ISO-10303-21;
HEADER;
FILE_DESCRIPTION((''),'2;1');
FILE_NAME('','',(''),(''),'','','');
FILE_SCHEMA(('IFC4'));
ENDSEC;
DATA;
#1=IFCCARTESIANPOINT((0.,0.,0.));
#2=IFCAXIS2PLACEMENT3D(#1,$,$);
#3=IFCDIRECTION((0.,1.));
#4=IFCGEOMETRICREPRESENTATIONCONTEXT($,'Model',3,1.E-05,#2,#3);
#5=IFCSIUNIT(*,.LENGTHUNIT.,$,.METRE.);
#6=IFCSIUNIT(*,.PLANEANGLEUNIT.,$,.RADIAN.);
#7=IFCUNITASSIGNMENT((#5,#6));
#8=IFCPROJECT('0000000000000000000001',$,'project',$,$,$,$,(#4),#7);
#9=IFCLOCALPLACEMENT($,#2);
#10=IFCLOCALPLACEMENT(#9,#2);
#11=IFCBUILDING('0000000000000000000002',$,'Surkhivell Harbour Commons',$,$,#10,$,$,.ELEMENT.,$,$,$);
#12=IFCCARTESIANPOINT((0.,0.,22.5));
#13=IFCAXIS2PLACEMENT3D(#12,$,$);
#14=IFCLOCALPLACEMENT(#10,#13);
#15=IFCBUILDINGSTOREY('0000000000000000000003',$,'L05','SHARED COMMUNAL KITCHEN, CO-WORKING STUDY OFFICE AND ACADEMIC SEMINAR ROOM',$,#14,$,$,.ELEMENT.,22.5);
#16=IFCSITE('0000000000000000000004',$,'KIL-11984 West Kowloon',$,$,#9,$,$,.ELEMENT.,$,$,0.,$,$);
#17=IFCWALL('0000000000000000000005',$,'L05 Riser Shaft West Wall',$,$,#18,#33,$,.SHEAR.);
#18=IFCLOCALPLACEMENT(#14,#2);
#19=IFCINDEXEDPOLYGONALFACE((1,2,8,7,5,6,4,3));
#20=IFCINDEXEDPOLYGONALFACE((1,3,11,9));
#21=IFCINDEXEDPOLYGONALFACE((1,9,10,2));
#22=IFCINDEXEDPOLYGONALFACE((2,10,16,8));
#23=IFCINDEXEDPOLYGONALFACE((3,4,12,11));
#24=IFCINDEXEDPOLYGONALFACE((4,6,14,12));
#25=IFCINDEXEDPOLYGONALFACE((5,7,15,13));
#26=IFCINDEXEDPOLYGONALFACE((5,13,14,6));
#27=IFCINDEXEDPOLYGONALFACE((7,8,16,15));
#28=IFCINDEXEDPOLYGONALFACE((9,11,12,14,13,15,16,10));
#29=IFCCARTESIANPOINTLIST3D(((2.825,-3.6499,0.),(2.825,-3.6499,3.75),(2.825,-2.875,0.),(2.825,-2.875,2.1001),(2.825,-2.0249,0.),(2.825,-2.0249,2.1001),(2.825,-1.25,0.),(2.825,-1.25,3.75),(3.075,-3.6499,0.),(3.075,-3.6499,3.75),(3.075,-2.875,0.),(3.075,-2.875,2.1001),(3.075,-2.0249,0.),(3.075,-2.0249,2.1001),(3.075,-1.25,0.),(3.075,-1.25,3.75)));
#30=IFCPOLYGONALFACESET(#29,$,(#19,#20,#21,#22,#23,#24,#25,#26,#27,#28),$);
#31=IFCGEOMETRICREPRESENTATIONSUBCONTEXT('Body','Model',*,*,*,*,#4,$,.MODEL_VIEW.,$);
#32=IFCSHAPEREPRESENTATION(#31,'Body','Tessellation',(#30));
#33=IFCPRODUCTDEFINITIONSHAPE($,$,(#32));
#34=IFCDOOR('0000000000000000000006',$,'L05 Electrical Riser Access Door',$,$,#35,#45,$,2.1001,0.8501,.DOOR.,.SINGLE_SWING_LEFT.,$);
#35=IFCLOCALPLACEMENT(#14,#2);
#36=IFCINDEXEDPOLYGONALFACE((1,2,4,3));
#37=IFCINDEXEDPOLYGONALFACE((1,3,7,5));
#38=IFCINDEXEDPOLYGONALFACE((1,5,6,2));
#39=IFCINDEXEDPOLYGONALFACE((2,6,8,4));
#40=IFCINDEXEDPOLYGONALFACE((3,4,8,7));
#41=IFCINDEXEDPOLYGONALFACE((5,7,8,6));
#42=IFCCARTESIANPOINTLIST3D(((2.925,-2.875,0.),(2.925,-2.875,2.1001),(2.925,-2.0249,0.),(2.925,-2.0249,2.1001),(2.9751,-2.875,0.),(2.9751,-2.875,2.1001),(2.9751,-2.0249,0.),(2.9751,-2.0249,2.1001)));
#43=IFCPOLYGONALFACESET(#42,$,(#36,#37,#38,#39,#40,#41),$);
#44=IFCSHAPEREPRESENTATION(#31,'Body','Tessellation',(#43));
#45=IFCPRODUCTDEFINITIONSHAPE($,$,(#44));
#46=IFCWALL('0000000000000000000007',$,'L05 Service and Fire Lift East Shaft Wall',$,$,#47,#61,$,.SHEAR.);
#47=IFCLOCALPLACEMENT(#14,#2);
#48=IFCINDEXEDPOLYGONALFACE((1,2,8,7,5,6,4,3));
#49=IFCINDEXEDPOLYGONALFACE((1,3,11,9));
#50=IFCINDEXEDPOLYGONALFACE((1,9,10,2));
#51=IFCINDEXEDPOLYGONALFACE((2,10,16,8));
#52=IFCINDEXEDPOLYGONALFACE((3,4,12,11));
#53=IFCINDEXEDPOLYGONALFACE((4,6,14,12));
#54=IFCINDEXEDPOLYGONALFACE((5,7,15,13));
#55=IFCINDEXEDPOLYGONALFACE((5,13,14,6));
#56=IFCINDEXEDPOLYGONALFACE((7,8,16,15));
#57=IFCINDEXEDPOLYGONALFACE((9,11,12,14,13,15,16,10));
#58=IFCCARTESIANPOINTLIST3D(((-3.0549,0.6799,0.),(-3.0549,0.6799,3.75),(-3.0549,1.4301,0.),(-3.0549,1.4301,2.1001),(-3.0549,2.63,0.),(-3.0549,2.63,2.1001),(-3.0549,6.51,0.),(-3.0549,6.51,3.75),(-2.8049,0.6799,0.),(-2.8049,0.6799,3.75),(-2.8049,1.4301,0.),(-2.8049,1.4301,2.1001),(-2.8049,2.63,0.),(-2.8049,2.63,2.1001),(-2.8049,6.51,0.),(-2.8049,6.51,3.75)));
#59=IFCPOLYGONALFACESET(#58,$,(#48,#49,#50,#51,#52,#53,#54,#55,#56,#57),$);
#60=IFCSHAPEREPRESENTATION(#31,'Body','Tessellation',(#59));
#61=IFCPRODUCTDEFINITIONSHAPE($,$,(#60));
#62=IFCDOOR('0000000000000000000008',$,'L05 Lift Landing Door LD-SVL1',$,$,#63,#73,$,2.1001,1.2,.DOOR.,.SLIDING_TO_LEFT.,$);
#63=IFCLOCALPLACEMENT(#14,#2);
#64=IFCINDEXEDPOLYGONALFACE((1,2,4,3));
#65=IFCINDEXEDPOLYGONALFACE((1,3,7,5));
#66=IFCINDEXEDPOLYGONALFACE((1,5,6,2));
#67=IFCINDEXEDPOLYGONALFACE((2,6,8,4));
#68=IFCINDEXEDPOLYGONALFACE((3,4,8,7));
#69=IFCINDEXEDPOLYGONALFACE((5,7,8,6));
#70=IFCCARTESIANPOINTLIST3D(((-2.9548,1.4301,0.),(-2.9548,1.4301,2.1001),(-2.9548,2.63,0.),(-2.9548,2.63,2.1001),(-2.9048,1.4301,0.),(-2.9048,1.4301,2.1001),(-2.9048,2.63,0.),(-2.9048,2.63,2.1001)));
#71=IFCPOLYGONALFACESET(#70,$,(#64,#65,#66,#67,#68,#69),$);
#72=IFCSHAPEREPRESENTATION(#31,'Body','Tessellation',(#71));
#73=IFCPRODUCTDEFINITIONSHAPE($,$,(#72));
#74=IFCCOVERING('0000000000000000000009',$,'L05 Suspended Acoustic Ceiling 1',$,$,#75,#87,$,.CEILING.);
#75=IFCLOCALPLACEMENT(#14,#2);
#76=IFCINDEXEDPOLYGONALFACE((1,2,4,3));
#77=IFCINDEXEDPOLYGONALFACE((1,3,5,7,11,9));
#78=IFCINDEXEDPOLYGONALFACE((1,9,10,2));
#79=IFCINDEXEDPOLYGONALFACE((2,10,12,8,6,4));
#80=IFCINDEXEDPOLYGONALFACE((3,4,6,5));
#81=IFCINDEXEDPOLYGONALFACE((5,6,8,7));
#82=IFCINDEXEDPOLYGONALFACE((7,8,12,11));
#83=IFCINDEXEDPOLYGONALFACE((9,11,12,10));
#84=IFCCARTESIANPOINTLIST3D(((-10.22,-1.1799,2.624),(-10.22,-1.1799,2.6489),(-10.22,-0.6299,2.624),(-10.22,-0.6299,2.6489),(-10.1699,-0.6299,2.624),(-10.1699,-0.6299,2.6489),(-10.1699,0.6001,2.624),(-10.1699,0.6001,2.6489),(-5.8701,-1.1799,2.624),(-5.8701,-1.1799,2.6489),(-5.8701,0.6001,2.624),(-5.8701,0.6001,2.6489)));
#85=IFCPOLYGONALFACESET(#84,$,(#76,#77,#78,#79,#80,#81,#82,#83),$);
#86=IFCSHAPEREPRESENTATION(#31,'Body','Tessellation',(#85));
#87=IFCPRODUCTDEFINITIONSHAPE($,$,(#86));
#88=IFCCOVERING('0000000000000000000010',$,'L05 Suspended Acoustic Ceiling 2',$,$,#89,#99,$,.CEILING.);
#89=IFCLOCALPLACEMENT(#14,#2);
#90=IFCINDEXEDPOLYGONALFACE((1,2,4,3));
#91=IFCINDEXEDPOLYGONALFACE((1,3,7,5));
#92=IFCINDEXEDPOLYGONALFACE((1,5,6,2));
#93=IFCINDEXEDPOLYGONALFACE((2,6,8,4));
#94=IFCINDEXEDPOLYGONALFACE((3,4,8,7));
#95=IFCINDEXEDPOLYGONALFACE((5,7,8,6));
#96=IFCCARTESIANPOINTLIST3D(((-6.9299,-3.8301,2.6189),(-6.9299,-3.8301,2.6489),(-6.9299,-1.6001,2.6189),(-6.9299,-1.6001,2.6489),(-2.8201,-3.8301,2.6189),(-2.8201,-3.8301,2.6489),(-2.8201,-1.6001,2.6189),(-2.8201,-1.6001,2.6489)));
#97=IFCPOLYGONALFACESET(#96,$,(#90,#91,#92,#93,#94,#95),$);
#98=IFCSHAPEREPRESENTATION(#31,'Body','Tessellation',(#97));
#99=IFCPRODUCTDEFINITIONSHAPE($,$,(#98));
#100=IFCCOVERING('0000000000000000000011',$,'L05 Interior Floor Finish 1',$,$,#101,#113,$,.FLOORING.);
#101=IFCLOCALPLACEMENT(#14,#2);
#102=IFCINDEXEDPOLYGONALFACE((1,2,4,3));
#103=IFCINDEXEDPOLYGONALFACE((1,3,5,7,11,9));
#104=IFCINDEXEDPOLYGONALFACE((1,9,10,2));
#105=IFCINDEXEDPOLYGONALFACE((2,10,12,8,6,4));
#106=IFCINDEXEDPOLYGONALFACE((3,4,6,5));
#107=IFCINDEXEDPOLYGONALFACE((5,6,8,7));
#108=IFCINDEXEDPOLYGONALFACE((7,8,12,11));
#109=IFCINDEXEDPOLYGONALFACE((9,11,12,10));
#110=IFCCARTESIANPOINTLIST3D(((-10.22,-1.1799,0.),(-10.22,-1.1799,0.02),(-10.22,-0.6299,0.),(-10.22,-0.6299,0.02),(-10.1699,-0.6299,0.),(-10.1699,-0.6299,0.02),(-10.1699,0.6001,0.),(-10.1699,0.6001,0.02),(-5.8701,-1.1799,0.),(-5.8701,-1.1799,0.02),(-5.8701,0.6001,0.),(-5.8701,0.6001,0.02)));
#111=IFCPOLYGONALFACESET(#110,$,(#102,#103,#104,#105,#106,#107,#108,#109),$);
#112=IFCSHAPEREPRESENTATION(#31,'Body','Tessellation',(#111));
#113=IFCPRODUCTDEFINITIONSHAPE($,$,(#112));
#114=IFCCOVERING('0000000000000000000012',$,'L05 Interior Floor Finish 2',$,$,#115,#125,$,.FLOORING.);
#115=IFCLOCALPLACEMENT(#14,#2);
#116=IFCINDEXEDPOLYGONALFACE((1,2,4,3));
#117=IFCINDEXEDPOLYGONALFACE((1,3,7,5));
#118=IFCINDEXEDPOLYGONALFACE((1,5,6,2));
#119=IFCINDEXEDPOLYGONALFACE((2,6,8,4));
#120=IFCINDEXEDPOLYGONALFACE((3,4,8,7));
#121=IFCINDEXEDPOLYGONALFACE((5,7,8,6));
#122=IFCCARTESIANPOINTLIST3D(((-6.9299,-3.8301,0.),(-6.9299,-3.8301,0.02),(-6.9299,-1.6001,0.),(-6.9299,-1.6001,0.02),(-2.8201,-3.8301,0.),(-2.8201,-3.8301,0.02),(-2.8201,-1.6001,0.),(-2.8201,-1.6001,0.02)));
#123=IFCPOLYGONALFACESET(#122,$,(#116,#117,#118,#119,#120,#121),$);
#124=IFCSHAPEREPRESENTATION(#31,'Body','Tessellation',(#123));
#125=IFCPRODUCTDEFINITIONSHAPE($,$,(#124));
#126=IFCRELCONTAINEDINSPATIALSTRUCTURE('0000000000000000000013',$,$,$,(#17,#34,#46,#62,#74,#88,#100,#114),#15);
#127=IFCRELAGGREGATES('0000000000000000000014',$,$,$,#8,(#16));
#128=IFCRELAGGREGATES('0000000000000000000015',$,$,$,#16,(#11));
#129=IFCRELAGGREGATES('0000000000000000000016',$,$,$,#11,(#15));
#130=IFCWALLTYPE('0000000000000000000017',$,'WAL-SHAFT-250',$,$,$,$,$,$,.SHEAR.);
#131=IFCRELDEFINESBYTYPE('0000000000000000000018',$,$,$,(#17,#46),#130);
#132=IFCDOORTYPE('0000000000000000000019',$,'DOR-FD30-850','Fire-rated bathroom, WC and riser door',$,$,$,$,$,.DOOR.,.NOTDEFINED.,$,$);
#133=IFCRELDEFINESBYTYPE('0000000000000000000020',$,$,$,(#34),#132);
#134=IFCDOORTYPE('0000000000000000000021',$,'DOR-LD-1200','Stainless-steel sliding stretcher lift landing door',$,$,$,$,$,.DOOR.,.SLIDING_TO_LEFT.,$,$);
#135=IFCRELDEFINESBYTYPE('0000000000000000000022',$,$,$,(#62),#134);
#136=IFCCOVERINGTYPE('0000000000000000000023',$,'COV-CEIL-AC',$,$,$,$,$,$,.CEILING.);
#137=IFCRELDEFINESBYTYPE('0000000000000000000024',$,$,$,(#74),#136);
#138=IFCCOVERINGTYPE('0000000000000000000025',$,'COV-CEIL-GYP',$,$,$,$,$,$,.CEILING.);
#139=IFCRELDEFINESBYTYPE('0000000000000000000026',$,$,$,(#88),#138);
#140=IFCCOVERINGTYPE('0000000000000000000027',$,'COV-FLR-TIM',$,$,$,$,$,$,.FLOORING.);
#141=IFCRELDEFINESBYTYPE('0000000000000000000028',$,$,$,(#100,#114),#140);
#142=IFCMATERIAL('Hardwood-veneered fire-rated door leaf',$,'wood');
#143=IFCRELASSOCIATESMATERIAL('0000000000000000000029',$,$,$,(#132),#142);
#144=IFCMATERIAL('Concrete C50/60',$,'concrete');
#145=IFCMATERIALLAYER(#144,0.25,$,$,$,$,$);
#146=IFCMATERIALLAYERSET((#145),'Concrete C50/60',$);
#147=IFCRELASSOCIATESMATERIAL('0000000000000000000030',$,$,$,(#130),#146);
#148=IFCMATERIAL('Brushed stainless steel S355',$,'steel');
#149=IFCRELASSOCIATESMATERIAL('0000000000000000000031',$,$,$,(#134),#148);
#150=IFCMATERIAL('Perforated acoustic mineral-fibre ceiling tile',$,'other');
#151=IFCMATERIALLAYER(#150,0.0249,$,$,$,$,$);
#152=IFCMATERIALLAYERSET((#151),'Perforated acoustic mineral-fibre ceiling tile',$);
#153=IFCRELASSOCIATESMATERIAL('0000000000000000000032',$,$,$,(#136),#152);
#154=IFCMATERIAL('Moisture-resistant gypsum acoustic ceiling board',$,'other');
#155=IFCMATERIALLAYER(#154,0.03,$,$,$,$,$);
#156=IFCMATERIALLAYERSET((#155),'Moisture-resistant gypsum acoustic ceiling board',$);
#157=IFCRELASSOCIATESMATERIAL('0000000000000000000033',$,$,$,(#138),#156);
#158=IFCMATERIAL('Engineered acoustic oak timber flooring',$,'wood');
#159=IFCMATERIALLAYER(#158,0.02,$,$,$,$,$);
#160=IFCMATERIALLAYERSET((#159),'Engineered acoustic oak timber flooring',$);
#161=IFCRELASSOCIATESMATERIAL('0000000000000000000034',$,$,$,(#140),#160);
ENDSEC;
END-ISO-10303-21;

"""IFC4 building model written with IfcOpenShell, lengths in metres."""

from ifc_helpers import new_model, si_unit, direction, frame, frame_2d, origin, place, context, subcontext, project, spatial, polyline, rectangle, outline, extrude, material, layer, layer_set, type_object, element, fill, save


model = new_model("IFC4")

# Units and contexts
model_context = context("Model", 3, precision=1e-05, world=origin(), true_north=direction((0.0, 1.0)))
body_context = subcontext(model_context, "Body", "Model", "MODEL_VIEW")
ifc_project = project(units=[si_unit("LENGTHUNIT", "METRE"), si_unit("PLANEANGLEUNIT", "RADIAN")], contexts=[model_context])

# Site, building, storey
site_placement = place(None, origin())
site = spatial("IfcSite", under=ifc_project, at=site_placement, Name="KIL-11984 West Kowloon", CompositionType="ELEMENT", RefElevation=0.0)
building_placement = place(site_placement, origin())
building = spatial("IfcBuilding", under=site, at=building_placement, Name="Surkhivell Harbour Commons", CompositionType="ELEMENT")
storey_placement = place(building_placement, frame((0.0, 0.0, 22.5)))
storey = spatial("IfcBuildingStorey", under=building, at=storey_placement, Name="L05", Description="SHARED COMMUNAL KITCHEN, CO-WORKING STUDY OFFICE AND ACADEMIC SEMINAR ROOM", CompositionType="ELEMENT", Elevation=22.5)

# Shared definitions
ifc_material_1 = material(Name="Hardwood-veneered fire-rated door leaf", Category="wood")
door_type_1 = type_object("IfcDoorType", Name="DOR-FD30-850", Description="Fire-rated bathroom, WC and riser door", OperationType="NOTDEFINED", PredefinedType="DOOR", material=ifc_material_1)

# Shared definitions
ifc_material_2 = material(Name="Concrete C50/60", Category="concrete")
ifc_layer_1 = layer(ifc_material_2, 0.25)
ifc_layer_set_1 = layer_set([ifc_layer_1], Name="Concrete C50/60")
wall_type_1 = type_object("IfcWallType", Name="WAL-SHAFT-250", PredefinedType="SHEAR", material=ifc_layer_set_1)

# Walls, openings, doors
wall_1_placement = place(storey_placement, frame((2.95, -3.6499, 0.0), z_axis=(0.0, 0.0, 1.0), x_axis=(0.0, 1.0, 0.0)))
wall_1 = element("IfcWall", 1, at=wall_1_placement, inside=storey, type_object=wall_type_1, Name="L05 Riser Shaft West Wall", PredefinedType="SHEAR", context=body_context, shape_type="SweptSolid", body=[
    extrude(rectangle(XDim=2.3999, YDim=0.25, at=frame_2d((1.2, 0.0))), origin(), (0.0, 0.0, 1.0), 3.75),
])
opening_1_placement = place(wall_1_placement, frame((0.7749, 0.0, 0.0)))
opening_1 = element("IfcOpeningElement", 2, at=opening_1_placement, cuts=wall_1, PredefinedType="OPENING", context=body_context, shape_type="SweptSolid", body=[
    extrude(rectangle(XDim=0.8501, YDim=2.1001, at=frame_2d((0.425, 1.05))), frame((0.0, 0.135, 0.0), z_axis=(0.0, -1.0, 0.0), x_axis=(1.0, 0.0, 0.0)), (0.0, 0.0, 1.0), 0.27),
])
door_1_placement = place(opening_1_placement, origin())
door_1 = element("IfcDoor", 3, at=door_1_placement, inside=storey, type_object=door_type_1, Name="L05 Electrical Riser Access Door", OperationType="SINGLE_SWING_LEFT", OverallHeight=2.1001, OverallWidth=0.8501, PredefinedType="DOOR", context=body_context, shape_type="SweptSolid", body=[
    extrude(rectangle(XDim=0.8501, YDim=2.1001, at=frame_2d((0.425, 1.05))), frame((0.0, 0.0249, 0.0), z_axis=(0.0, -1.0, 0.0), x_axis=(1.0, 0.0, 0.0)), (0.0, 0.0, 1.0), 0.05),
])
fill(opening_1, door_1)
wall_2_placement = place(storey_placement, frame((-2.9299, 0.6799, 0.0), z_axis=(0.0, 0.0, 1.0), x_axis=(0.0, 1.0, 0.0)))
wall_2 = element("IfcWall", 4, at=wall_2_placement, inside=storey, type_object=wall_type_1, Name="L05 Service and Fire Lift East Shaft Wall", PredefinedType="SHEAR", context=body_context, shape_type="SweptSolid", body=[
    extrude(rectangle(XDim=5.8301, YDim=0.25, at=frame_2d((2.915, 0.0))), origin(), (0.0, 0.0, 1.0), 3.75),
])
opening_2_placement = place(wall_2_placement, frame((0.75, 0.0, 0.0)))
opening_2 = element("IfcOpeningElement", 5, at=opening_2_placement, cuts=wall_2, PredefinedType="OPENING", context=body_context, shape_type="SweptSolid", body=[
    extrude(rectangle(XDim=1.2, YDim=2.1001, at=frame_2d((0.6001, 1.05))), frame((0.0, 0.135, 0.0), z_axis=(0.0, -1.0, 0.0), x_axis=(1.0, 0.0, 0.0)), (0.0, 0.0, 1.0), 0.27),
])
ifc_material_3 = material(Name="Brushed stainless steel S355", Category="steel")
door_type_2 = type_object("IfcDoorType", Name="DOR-LD-1200", Description="Stainless-steel sliding stretcher lift landing door", OperationType="SLIDING_TO_LEFT", PredefinedType="DOOR", material=ifc_material_3)
door_2_placement = place(opening_2_placement, origin())
door_2 = element("IfcDoor", 6, at=door_2_placement, inside=storey, type_object=door_type_2, Name="L05 Lift Landing Door LD-SVL1", OperationType="SLIDING_TO_LEFT", OverallHeight=2.1001, OverallWidth=1.2, PredefinedType="DOOR", context=body_context, shape_type="SweptSolid", body=[
    extrude(rectangle(XDim=1.2, YDim=2.1001, at=frame_2d((0.6001, 1.05))), frame((0.0, 0.0249, 0.0), z_axis=(0.0, -1.0, 0.0), x_axis=(1.0, 0.0, 0.0)), (0.0, 0.0, 1.0), 0.05),
])
fill(opening_2, door_2)

# Coverings
ifc_material_4 = material(Name="Perforated acoustic mineral-fibre ceiling tile", Category="other")
ifc_layer_2 = layer(ifc_material_4, 0.0249)
ifc_layer_set_2 = layer_set([ifc_layer_2], Name="Perforated acoustic mineral-fibre ceiling tile")
covering_type_1 = type_object("IfcCoveringType", Name="COV-CEIL-AC", PredefinedType="CEILING", material=ifc_layer_set_2)
covering_1_placement = place(storey_placement, frame((0.0, 0.0, 2.624)))
element("IfcCovering", 7, at=covering_1_placement, inside=storey, type_object=covering_type_1, Name="L05 Suspended Acoustic Ceiling 1", PredefinedType="CEILING", context=body_context, shape_type="SweptSolid", body=[
    extrude(outline(polyline([(-10.22, -1.1799), (-5.8701, -1.1799), (-5.8701, 0.6001), (-10.1699, 0.6001), (-10.1699, -0.6299), (-10.22, -0.6299), (-10.22, -1.1799)])), origin(), (0.0, 0.0, 1.0), 0.0249),
])
ifc_material_5 = material(Name="Moisture-resistant gypsum acoustic ceiling board", Category="other")
ifc_layer_3 = layer(ifc_material_5, 0.03)
ifc_layer_set_3 = layer_set([ifc_layer_3], Name="Moisture-resistant gypsum acoustic ceiling board")
covering_type_2 = type_object("IfcCoveringType", Name="COV-CEIL-GYP", PredefinedType="CEILING", material=ifc_layer_set_3)
covering_2_placement = place(storey_placement, frame((0.0, 0.0, 2.6189)))
element("IfcCovering", 8, at=covering_2_placement, inside=storey, type_object=covering_type_2, Name="L05 Suspended Acoustic Ceiling 2", PredefinedType="CEILING", context=body_context, shape_type="SweptSolid", body=[
    extrude(outline(polyline([(-6.9299, -3.8301), (-2.8201, -3.8301), (-2.8201, -1.6001), (-6.9299, -1.6001), (-6.9299, -3.8301)])), origin(), (0.0, 0.0, 1.0), 0.03),
])
ifc_material_6 = material(Name="Engineered acoustic oak timber flooring", Category="wood")
ifc_layer_4 = layer(ifc_material_6, 0.02)
ifc_layer_set_4 = layer_set([ifc_layer_4], Name="Engineered acoustic oak timber flooring")
covering_type_3 = type_object("IfcCoveringType", Name="COV-FLR-TIM", PredefinedType="FLOORING", material=ifc_layer_set_4)
covering_3_placement = place(storey_placement, origin())
element("IfcCovering", 9, at=covering_3_placement, inside=storey, type_object=covering_type_3, Name="L05 Interior Floor Finish 1", PredefinedType="FLOORING", context=body_context, shape_type="SweptSolid", body=[
    extrude(outline(polyline([(-10.22, -1.1799), (-5.8701, -1.1799), (-5.8701, 0.6001), (-10.1699, 0.6001), (-10.1699, -0.6299), (-10.22, -0.6299), (-10.22, -1.1799)])), origin(), (0.0, 0.0, 1.0), 0.02),
])
covering_4_placement = place(storey_placement, origin())
element("IfcCovering", 10, at=covering_4_placement, inside=storey, type_object=covering_type_3, Name="L05 Interior Floor Finish 2", PredefinedType="FLOORING", context=body_context, shape_type="SweptSolid", body=[
    extrude(outline(polyline([(-6.9299, -3.8301), (-2.8201, -3.8301), (-2.8201, -1.6001), (-6.9299, -1.6001), (-6.9299, -3.8301)])), origin(), (0.0, 0.0, 1.0), 0.02),
])

save(model, "model.ifc")
